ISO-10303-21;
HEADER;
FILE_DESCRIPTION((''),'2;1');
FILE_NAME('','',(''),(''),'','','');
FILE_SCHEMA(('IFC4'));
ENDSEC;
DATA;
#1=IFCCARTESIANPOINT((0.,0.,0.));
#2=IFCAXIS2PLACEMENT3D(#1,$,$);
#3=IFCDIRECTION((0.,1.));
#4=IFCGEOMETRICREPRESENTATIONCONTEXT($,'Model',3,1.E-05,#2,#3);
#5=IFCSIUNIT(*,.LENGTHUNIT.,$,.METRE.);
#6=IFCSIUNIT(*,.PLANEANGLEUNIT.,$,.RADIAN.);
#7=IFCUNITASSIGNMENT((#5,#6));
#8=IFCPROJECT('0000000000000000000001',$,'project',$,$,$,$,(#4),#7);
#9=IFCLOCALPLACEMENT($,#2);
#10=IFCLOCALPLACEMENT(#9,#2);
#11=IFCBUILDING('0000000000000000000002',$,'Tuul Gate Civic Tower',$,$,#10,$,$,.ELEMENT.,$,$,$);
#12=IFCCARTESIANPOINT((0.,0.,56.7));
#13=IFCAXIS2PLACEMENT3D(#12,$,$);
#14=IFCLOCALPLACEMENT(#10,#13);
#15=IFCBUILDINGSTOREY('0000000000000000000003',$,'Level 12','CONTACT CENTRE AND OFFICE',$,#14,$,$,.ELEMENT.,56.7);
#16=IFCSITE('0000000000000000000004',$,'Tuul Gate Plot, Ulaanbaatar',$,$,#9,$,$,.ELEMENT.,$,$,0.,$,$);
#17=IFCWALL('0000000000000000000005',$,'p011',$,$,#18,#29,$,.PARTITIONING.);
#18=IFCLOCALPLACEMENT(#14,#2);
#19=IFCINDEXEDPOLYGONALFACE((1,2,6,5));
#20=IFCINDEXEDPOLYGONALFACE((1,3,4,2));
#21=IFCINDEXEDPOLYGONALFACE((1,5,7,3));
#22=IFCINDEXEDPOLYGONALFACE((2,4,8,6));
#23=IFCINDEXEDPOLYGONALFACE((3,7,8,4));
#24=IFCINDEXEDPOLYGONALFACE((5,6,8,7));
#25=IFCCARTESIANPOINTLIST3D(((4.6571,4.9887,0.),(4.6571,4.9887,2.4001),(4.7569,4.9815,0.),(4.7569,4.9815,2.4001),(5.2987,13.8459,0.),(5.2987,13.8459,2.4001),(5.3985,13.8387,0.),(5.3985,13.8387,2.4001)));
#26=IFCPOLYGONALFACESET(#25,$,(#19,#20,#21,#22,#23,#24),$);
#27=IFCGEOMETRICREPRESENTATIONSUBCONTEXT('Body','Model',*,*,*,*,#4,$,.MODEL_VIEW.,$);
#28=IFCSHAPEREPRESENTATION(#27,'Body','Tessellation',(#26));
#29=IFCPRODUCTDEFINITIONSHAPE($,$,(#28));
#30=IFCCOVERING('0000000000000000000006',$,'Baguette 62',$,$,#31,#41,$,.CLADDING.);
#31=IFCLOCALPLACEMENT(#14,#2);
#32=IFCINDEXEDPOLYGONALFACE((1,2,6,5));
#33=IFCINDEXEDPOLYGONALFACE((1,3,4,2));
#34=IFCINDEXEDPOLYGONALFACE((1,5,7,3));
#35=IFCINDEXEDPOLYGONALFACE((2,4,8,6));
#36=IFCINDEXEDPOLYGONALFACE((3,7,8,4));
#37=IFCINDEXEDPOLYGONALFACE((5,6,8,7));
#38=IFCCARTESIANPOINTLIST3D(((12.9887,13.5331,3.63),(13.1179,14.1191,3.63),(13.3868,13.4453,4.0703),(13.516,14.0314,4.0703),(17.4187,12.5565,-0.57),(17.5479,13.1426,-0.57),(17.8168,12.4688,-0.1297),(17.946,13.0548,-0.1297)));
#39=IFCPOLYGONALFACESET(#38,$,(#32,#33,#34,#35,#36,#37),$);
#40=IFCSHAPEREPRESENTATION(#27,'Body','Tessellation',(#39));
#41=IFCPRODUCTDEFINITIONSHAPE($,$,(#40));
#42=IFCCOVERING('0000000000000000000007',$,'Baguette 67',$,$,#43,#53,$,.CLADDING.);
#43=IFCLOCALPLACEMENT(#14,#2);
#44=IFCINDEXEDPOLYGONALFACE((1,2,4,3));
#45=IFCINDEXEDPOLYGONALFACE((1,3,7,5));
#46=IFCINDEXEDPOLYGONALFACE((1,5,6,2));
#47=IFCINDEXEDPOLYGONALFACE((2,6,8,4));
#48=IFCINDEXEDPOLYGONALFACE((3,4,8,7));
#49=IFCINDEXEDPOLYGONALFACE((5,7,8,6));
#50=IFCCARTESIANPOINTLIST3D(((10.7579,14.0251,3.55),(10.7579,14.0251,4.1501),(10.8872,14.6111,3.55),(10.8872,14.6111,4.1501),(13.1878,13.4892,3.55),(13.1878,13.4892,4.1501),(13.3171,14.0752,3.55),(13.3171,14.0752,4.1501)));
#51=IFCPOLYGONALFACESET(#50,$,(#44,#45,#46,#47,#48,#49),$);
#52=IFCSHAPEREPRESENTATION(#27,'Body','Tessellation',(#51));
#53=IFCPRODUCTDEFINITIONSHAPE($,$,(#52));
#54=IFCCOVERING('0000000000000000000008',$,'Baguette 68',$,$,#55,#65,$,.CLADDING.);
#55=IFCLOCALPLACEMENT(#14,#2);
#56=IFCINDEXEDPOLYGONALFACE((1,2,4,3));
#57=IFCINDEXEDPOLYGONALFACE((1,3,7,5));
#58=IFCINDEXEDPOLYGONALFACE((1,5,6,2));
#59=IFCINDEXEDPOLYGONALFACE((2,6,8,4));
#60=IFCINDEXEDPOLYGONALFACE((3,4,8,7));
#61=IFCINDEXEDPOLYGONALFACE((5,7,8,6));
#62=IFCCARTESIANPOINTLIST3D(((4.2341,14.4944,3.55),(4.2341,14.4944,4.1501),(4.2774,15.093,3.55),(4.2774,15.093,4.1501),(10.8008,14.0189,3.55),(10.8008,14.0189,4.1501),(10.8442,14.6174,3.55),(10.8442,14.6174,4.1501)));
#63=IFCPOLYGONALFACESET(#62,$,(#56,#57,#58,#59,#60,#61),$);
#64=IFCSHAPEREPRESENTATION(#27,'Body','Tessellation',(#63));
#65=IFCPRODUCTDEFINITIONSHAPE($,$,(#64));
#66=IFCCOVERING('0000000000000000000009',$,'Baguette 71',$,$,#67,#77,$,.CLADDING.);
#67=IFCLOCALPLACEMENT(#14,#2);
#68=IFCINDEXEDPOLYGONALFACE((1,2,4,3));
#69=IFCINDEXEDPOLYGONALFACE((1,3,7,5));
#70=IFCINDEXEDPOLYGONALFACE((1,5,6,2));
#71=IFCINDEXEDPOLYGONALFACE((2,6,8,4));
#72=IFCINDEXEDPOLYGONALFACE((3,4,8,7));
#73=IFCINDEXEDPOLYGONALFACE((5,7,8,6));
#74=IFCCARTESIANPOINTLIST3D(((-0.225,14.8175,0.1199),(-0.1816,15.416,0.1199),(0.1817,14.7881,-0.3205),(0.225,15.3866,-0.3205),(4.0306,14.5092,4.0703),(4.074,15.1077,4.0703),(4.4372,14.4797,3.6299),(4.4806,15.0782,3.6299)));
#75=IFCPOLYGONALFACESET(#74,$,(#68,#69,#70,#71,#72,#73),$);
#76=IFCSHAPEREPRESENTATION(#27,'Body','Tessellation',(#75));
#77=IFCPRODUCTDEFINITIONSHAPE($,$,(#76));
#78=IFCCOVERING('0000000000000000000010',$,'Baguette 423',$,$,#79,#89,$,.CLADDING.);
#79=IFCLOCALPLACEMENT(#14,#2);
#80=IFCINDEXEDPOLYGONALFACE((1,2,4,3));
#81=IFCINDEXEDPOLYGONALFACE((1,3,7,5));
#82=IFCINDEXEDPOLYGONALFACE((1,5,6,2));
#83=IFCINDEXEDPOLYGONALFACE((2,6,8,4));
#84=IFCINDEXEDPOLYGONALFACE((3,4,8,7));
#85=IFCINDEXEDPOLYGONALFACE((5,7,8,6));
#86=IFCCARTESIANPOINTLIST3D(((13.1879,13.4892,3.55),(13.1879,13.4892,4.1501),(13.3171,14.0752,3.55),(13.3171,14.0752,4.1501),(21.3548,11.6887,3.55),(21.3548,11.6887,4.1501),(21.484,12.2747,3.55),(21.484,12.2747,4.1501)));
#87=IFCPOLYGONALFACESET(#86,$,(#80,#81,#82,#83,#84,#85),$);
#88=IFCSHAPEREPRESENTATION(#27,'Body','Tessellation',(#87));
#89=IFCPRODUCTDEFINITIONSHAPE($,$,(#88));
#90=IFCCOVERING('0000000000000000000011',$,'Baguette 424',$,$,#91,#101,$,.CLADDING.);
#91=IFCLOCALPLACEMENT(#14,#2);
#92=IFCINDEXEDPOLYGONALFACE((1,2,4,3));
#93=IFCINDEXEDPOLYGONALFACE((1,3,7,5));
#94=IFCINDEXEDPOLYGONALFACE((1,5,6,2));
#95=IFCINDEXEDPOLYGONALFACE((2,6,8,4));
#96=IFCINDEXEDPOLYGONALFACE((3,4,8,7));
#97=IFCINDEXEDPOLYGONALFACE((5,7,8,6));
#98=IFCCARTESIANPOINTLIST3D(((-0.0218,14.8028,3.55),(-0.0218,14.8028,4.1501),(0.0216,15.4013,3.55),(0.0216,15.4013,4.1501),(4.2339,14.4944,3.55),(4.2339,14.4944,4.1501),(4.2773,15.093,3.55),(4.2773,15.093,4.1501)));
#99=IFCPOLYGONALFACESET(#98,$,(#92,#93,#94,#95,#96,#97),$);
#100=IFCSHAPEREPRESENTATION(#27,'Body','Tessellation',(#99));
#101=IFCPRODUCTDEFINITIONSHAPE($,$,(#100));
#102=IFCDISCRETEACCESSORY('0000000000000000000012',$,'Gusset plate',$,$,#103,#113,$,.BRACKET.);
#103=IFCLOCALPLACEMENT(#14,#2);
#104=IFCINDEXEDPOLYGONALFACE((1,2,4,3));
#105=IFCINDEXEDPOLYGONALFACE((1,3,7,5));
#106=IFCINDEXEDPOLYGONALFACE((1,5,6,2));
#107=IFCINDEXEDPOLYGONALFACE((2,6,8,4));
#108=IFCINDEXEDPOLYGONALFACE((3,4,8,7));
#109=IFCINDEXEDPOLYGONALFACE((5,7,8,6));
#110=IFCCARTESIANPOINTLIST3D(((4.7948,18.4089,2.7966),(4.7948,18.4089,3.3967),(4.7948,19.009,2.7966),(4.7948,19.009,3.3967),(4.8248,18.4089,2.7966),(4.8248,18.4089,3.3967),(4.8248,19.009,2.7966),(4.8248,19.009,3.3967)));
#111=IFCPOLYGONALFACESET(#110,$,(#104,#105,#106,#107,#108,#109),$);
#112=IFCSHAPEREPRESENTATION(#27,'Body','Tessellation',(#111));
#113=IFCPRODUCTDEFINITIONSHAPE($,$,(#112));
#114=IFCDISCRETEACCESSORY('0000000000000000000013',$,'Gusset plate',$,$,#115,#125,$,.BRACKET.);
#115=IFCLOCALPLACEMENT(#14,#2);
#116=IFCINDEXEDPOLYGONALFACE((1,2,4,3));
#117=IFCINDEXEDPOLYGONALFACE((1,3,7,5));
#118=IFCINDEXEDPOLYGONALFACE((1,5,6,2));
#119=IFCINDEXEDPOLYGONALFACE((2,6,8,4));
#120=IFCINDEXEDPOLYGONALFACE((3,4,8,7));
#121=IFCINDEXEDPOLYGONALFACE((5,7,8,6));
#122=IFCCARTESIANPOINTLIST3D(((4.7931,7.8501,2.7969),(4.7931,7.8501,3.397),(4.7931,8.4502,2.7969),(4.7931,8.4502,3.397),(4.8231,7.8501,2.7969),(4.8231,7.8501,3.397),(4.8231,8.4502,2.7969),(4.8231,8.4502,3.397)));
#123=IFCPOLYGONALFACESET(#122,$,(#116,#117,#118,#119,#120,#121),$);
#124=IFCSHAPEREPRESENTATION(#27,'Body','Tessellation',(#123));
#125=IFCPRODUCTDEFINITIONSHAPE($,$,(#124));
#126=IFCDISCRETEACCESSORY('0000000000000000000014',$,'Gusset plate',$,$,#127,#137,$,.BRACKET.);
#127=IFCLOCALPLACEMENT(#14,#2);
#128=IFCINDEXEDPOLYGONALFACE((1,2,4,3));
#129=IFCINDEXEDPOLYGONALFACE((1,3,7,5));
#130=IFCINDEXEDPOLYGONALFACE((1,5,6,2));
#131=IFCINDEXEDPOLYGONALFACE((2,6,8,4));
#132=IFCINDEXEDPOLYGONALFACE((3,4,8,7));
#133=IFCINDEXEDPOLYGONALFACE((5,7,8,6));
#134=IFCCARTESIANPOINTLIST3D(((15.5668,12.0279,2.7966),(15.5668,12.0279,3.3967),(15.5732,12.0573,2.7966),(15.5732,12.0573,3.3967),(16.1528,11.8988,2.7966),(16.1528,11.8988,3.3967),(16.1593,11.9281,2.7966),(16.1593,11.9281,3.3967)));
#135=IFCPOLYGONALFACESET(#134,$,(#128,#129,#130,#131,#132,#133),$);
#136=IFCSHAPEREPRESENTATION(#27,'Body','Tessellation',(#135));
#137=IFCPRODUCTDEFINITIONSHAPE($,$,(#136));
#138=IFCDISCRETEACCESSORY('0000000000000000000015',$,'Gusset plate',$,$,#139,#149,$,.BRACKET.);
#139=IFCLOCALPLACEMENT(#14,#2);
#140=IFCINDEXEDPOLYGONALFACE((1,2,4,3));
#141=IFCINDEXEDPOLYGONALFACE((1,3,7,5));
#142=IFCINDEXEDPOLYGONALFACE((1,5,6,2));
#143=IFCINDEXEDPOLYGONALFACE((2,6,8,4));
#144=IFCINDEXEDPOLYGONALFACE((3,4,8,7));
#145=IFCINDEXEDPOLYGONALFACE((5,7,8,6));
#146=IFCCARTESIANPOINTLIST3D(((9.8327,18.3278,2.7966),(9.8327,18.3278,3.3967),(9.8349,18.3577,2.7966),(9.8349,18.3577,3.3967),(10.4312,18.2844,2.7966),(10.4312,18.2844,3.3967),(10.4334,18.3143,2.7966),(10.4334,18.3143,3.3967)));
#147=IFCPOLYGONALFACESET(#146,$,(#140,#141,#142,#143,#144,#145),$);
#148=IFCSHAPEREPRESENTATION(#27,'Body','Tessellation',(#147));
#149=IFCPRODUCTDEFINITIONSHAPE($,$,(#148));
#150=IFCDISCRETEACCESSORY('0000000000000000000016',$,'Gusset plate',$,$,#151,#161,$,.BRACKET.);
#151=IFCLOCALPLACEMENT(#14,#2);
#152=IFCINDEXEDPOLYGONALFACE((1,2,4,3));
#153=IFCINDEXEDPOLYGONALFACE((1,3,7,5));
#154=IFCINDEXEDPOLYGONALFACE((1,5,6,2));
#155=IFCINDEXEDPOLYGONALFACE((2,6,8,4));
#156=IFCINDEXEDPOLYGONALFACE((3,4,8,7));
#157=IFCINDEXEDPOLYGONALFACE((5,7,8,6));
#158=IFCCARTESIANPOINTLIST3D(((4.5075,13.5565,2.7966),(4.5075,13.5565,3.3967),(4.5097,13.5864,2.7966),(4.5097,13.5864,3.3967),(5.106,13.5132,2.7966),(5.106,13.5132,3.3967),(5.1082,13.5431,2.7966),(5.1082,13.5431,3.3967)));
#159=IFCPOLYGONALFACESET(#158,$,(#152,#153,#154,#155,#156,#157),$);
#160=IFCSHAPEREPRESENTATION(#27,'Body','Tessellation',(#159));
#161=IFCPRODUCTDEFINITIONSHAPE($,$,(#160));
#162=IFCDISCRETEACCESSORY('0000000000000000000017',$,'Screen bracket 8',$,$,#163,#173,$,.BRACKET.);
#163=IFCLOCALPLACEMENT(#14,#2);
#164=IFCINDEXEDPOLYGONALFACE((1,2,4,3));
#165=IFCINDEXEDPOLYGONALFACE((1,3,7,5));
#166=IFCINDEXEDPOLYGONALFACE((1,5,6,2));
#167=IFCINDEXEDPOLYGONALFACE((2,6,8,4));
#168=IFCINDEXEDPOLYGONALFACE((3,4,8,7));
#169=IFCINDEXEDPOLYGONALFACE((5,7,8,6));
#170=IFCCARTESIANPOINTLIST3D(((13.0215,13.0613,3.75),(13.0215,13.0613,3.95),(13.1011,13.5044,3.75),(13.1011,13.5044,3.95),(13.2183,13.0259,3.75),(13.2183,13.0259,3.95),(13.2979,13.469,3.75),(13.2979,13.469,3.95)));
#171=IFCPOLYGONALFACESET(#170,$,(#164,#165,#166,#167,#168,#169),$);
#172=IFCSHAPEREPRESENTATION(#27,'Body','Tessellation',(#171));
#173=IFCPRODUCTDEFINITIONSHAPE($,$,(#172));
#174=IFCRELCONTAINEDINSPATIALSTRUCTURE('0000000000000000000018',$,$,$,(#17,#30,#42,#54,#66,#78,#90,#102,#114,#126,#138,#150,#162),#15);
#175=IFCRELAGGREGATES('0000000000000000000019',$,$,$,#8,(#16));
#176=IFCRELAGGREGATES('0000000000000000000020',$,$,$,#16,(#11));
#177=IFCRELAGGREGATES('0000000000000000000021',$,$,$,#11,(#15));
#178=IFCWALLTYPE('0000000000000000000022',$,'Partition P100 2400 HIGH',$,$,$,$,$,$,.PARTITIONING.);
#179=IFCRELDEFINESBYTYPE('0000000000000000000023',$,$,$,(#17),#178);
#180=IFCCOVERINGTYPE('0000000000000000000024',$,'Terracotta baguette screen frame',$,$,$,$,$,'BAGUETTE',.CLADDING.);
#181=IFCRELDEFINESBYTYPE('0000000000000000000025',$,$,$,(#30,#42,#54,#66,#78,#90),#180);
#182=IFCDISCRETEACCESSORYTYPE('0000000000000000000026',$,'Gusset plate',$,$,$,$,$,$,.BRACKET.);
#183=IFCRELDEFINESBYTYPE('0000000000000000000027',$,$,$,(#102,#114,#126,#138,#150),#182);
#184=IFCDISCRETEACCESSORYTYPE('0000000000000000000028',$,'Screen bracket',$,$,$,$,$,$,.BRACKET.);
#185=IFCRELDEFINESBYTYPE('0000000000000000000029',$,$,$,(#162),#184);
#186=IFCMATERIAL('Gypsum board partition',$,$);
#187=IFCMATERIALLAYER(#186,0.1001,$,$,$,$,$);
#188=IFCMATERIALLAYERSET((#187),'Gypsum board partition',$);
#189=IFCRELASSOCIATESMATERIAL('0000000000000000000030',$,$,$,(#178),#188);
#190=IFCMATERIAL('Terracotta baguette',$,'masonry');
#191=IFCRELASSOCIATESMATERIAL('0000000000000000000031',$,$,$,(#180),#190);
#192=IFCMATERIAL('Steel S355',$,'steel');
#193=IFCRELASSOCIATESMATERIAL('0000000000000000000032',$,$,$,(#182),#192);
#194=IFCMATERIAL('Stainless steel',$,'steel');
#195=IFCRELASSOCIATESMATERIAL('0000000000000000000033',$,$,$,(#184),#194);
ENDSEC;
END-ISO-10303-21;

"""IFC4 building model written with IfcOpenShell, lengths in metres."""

from ifc_helpers import new_model, si_unit, direction, frame, frame_2d, origin, origin_2d, place, context, subcontext, project, spatial, rectangle, extrude, material, layer, layer_set, material_profile, profile_set, type_object, element, save


model = new_model("IFC4")

# Units and contexts
model_context = context("Model", 3, precision=1e-05, world=origin(), true_north=direction((0.0, 1.0)))
body_context = subcontext(model_context, "Body", "Model", "MODEL_VIEW")
ifc_project = project(units=[si_unit("LENGTHUNIT", "METRE"), si_unit("PLANEANGLEUNIT", "RADIAN")], contexts=[model_context])

# Site, building, storey
site_placement = place(None, origin())
site = spatial("IfcSite", under=ifc_project, at=site_placement, Name="Tuul Gate Plot, Ulaanbaatar", CompositionType="ELEMENT", RefElevation=0.0)
building_placement = place(site_placement, origin())
building = spatial("IfcBuilding", under=site, at=building_placement, Name="Tuul Gate Civic Tower", CompositionType="ELEMENT")
storey_placement = place(building_placement, frame((0.0, 0.0, 56.7)))
storey = spatial("IfcBuildingStorey", under=building, at=storey_placement, Name="Level 12", Description="CONTACT CENTRE AND OFFICE", CompositionType="ELEMENT", Elevation=56.7)

# Wall
ifc_material_1 = material(Name="Gypsum board partition")
ifc_layer_1 = layer(ifc_material_1, 0.1001)
ifc_layer_set_1 = layer_set([ifc_layer_1], Name="Gypsum board partition")
wall_type_1 = type_object("IfcWallType", Name="Partition P100 2400 HIGH", PredefinedType="PARTITIONING", material=ifc_layer_set_1)
wall_1_placement = place(storey_placement, frame((4.707, 4.9851, 0.0), z_axis=(0.0, 0.0, 1.0), x_axis=(0.072249, 0.997387, 0.0)))
element("IfcWall", 1, at=wall_1_placement, inside=storey, type_object=wall_type_1, Name="p011", PredefinedType="PARTITIONING", context=body_context, shape_type="SweptSolid", body=[
    extrude(rectangle(XDim=8.8804, YDim=0.1001, at=frame_2d((4.4402, 0.0))), origin(), (0.0, 0.0, 1.0), 2.4001),
])

# Coverings
ifc_material_2 = material(Name="Terracotta baguette", Category="masonry")
ifc_material_profile_1 = material_profile(ifc_material_2, rectangle(XDim=0.6001, YDim=0.6001, at=origin_2d()), Name="Terracotta baguette screen frame")
ifc_profile_set_1 = profile_set([ifc_material_profile_1], Name="Terracotta baguette")
covering_type = type_object("IfcCoveringType", Name="Terracotta baguette screen frame", ElementType="BAGUETTE", PredefinedType="CLADDING", material=ifc_profile_set_1)
covering_1_placement = place(storey_placement, frame((17.6824, 12.8057, -0.3499), z_axis=(-0.716581, 0.157968, 0.67938), x_axis=(-0.215278, -0.976553, 0.0)))
element("IfcCovering", 2, at=covering_1_placement, inside=storey, type_object=covering_type, Name="Baguette 62", PredefinedType="CLADDING", context=body_context, shape_type="SweptSolid", body=[
    extrude(rectangle(XDim=0.6001, YDim=0.6001, at=origin_2d()), origin(), (0.0, 0.0, 1.0), 6.1821),
])
covering_2_placement = place(storey_placement, frame((13.2524, 13.7822, 3.8501), z_axis=(-0.976534, 0.215361, 0.0), x_axis=(-0.215361, -0.976534, 0.0)))
element("IfcCovering", 3, at=covering_2_placement, inside=storey, type_object=covering_type, Name="Baguette 67", PredefinedType="CLADDING", context=body_context, shape_type="SweptSolid", body=[
    extrude(rectangle(XDim=0.6001, YDim=0.6001, at=origin_2d()), origin(), (0.0, 0.0, 1.0), 2.4883),
])
covering_3_placement = place(storey_placement, frame((10.8225, 14.3181, 3.8501), z_axis=(-0.997388, 0.072233, 0.0), x_axis=(-0.072233, -0.997388, 0.0)))
element("IfcCovering", 4, at=covering_3_placement, inside=storey, type_object=covering_type, Name="Baguette 68", PredefinedType="CLADDING", context=body_context, shape_type="SweptSolid", body=[
    extrude(rectangle(XDim=0.6001, YDim=0.6001, at=origin_2d()), origin(), (0.0, 0.0, 1.0), 6.584),
])
covering_4_placement = place(storey_placement, frame((4.2556, 14.7937, 3.8501), z_axis=(-0.731866, 0.053029, -0.679383), x_axis=(-0.072268, -0.997385, 0.0)))
element("IfcCovering", 5, at=covering_4_placement, inside=storey, type_object=covering_type, Name="Baguette 71", PredefinedType="CLADDING", context=body_context, shape_type="SweptSolid", body=[
    extrude(rectangle(XDim=0.6001, YDim=0.6001, at=origin_2d()), origin(), (0.0, 0.0, 1.0), 5.8147),
])
covering_5_placement = place(storey_placement, frame((21.4194, 11.9817, 3.8501), z_axis=(-0.976549, 0.215295, 0.0), x_axis=(-0.215295, -0.976549, 0.0)))
element("IfcCovering", 6, at=covering_5_placement, inside=storey, type_object=covering_type, Name="Baguette 423", PredefinedType="CLADDING", context=body_context, shape_type="SweptSolid", body=[
    extrude(rectangle(XDim=0.6001, YDim=0.6001, at=origin_2d()), origin(), (0.0, 0.0, 1.0), 8.363),
])
covering_6_placement = place(storey_placement, frame((4.2556, 14.7937, 3.8501), z_axis=(-0.997385, 0.072268, 0.0), x_axis=(-0.072268, -0.997385, 0.0)))
element("IfcCovering", 7, at=covering_6_placement, inside=storey, type_object=covering_type, Name="Baguette 424", PredefinedType="CLADDING", context=body_context, shape_type="SweptSolid", body=[
    extrude(rectangle(XDim=0.6001, YDim=0.6001, at=origin_2d()), origin(), (0.0, 0.0, 1.0), 4.2668),
])

# Discrete accessories
ifc_material_3 = material(Name="Steel S355", Category="steel")
discrete_accessory_type_1 = type_object("IfcDiscreteAccessoryType", Name="Gusset plate", PredefinedType="BRACKET", material=ifc_material_3)
for number, where, z_axis, x_axis, name in (
    (8, (4.8098, 18.709, 2.7966), (0.0, 0.0, 1.0), (0.0, -1.0, 0.0), "Gusset plate"),
    (9, (4.8081, 8.1501, 2.7969), (0.0, 0.0, 1.0), (0.0, 1.0, 0.0), "Gusset plate"),
    (10, (15.863, 11.978, 2.7966), (0.0, 0.0, 1.0), (0.976569, -0.215205, 0.0), "Gusset plate"),
    (11, (10.1331, 18.321, 2.7966), (0.0, 0.0, 1.0), (0.997383, -0.072299, 0.0), "Gusset plate"),
    (12, (4.8079, 13.5498, 2.7966), (0.0, 0.0, 1.0), (0.997389, -0.072212, 0.0), "Gusset plate"),
):
    element("IfcDiscreteAccessory", number, at=place(storey_placement, frame(where, z_axis=z_axis, x_axis=x_axis)), inside=storey, type_object=discrete_accessory_type_1, Name=name, PredefinedType="BRACKET", context=body_context, shape_type="SweptSolid", body=[
        extrude(rectangle(XDim=0.6001, YDim=0.03, at=origin_2d()), origin(), (0.0, 0.0, 1.0), 0.6001),
    ])
ifc_material_4 = material(Name="Stainless steel", Category="steel")
discrete_accessory_type_2 = type_object("IfcDiscreteAccessoryType", Name="Screen bracket", PredefinedType="BRACKET", material=ifc_material_4)
discrete_accessory_placement = place(storey_placement, frame((13.1597, 13.2651, 3.75), z_axis=(0.0, 0.0, 1.0), x_axis=(0.176825, 0.984242, 0.0)))
element("IfcDiscreteAccessory", 13, at=discrete_accessory_placement, inside=storey, type_object=discrete_accessory_type_2, Name="Screen bracket 8", PredefinedType="BRACKET", context=body_context, shape_type="SweptSolid", body=[
    extrude(rectangle(XDim=0.4502, YDim=0.2, at=origin_2d()), origin(), (0.0, 0.0, 1.0), 0.2),
])

save(model, "model.ifc")
